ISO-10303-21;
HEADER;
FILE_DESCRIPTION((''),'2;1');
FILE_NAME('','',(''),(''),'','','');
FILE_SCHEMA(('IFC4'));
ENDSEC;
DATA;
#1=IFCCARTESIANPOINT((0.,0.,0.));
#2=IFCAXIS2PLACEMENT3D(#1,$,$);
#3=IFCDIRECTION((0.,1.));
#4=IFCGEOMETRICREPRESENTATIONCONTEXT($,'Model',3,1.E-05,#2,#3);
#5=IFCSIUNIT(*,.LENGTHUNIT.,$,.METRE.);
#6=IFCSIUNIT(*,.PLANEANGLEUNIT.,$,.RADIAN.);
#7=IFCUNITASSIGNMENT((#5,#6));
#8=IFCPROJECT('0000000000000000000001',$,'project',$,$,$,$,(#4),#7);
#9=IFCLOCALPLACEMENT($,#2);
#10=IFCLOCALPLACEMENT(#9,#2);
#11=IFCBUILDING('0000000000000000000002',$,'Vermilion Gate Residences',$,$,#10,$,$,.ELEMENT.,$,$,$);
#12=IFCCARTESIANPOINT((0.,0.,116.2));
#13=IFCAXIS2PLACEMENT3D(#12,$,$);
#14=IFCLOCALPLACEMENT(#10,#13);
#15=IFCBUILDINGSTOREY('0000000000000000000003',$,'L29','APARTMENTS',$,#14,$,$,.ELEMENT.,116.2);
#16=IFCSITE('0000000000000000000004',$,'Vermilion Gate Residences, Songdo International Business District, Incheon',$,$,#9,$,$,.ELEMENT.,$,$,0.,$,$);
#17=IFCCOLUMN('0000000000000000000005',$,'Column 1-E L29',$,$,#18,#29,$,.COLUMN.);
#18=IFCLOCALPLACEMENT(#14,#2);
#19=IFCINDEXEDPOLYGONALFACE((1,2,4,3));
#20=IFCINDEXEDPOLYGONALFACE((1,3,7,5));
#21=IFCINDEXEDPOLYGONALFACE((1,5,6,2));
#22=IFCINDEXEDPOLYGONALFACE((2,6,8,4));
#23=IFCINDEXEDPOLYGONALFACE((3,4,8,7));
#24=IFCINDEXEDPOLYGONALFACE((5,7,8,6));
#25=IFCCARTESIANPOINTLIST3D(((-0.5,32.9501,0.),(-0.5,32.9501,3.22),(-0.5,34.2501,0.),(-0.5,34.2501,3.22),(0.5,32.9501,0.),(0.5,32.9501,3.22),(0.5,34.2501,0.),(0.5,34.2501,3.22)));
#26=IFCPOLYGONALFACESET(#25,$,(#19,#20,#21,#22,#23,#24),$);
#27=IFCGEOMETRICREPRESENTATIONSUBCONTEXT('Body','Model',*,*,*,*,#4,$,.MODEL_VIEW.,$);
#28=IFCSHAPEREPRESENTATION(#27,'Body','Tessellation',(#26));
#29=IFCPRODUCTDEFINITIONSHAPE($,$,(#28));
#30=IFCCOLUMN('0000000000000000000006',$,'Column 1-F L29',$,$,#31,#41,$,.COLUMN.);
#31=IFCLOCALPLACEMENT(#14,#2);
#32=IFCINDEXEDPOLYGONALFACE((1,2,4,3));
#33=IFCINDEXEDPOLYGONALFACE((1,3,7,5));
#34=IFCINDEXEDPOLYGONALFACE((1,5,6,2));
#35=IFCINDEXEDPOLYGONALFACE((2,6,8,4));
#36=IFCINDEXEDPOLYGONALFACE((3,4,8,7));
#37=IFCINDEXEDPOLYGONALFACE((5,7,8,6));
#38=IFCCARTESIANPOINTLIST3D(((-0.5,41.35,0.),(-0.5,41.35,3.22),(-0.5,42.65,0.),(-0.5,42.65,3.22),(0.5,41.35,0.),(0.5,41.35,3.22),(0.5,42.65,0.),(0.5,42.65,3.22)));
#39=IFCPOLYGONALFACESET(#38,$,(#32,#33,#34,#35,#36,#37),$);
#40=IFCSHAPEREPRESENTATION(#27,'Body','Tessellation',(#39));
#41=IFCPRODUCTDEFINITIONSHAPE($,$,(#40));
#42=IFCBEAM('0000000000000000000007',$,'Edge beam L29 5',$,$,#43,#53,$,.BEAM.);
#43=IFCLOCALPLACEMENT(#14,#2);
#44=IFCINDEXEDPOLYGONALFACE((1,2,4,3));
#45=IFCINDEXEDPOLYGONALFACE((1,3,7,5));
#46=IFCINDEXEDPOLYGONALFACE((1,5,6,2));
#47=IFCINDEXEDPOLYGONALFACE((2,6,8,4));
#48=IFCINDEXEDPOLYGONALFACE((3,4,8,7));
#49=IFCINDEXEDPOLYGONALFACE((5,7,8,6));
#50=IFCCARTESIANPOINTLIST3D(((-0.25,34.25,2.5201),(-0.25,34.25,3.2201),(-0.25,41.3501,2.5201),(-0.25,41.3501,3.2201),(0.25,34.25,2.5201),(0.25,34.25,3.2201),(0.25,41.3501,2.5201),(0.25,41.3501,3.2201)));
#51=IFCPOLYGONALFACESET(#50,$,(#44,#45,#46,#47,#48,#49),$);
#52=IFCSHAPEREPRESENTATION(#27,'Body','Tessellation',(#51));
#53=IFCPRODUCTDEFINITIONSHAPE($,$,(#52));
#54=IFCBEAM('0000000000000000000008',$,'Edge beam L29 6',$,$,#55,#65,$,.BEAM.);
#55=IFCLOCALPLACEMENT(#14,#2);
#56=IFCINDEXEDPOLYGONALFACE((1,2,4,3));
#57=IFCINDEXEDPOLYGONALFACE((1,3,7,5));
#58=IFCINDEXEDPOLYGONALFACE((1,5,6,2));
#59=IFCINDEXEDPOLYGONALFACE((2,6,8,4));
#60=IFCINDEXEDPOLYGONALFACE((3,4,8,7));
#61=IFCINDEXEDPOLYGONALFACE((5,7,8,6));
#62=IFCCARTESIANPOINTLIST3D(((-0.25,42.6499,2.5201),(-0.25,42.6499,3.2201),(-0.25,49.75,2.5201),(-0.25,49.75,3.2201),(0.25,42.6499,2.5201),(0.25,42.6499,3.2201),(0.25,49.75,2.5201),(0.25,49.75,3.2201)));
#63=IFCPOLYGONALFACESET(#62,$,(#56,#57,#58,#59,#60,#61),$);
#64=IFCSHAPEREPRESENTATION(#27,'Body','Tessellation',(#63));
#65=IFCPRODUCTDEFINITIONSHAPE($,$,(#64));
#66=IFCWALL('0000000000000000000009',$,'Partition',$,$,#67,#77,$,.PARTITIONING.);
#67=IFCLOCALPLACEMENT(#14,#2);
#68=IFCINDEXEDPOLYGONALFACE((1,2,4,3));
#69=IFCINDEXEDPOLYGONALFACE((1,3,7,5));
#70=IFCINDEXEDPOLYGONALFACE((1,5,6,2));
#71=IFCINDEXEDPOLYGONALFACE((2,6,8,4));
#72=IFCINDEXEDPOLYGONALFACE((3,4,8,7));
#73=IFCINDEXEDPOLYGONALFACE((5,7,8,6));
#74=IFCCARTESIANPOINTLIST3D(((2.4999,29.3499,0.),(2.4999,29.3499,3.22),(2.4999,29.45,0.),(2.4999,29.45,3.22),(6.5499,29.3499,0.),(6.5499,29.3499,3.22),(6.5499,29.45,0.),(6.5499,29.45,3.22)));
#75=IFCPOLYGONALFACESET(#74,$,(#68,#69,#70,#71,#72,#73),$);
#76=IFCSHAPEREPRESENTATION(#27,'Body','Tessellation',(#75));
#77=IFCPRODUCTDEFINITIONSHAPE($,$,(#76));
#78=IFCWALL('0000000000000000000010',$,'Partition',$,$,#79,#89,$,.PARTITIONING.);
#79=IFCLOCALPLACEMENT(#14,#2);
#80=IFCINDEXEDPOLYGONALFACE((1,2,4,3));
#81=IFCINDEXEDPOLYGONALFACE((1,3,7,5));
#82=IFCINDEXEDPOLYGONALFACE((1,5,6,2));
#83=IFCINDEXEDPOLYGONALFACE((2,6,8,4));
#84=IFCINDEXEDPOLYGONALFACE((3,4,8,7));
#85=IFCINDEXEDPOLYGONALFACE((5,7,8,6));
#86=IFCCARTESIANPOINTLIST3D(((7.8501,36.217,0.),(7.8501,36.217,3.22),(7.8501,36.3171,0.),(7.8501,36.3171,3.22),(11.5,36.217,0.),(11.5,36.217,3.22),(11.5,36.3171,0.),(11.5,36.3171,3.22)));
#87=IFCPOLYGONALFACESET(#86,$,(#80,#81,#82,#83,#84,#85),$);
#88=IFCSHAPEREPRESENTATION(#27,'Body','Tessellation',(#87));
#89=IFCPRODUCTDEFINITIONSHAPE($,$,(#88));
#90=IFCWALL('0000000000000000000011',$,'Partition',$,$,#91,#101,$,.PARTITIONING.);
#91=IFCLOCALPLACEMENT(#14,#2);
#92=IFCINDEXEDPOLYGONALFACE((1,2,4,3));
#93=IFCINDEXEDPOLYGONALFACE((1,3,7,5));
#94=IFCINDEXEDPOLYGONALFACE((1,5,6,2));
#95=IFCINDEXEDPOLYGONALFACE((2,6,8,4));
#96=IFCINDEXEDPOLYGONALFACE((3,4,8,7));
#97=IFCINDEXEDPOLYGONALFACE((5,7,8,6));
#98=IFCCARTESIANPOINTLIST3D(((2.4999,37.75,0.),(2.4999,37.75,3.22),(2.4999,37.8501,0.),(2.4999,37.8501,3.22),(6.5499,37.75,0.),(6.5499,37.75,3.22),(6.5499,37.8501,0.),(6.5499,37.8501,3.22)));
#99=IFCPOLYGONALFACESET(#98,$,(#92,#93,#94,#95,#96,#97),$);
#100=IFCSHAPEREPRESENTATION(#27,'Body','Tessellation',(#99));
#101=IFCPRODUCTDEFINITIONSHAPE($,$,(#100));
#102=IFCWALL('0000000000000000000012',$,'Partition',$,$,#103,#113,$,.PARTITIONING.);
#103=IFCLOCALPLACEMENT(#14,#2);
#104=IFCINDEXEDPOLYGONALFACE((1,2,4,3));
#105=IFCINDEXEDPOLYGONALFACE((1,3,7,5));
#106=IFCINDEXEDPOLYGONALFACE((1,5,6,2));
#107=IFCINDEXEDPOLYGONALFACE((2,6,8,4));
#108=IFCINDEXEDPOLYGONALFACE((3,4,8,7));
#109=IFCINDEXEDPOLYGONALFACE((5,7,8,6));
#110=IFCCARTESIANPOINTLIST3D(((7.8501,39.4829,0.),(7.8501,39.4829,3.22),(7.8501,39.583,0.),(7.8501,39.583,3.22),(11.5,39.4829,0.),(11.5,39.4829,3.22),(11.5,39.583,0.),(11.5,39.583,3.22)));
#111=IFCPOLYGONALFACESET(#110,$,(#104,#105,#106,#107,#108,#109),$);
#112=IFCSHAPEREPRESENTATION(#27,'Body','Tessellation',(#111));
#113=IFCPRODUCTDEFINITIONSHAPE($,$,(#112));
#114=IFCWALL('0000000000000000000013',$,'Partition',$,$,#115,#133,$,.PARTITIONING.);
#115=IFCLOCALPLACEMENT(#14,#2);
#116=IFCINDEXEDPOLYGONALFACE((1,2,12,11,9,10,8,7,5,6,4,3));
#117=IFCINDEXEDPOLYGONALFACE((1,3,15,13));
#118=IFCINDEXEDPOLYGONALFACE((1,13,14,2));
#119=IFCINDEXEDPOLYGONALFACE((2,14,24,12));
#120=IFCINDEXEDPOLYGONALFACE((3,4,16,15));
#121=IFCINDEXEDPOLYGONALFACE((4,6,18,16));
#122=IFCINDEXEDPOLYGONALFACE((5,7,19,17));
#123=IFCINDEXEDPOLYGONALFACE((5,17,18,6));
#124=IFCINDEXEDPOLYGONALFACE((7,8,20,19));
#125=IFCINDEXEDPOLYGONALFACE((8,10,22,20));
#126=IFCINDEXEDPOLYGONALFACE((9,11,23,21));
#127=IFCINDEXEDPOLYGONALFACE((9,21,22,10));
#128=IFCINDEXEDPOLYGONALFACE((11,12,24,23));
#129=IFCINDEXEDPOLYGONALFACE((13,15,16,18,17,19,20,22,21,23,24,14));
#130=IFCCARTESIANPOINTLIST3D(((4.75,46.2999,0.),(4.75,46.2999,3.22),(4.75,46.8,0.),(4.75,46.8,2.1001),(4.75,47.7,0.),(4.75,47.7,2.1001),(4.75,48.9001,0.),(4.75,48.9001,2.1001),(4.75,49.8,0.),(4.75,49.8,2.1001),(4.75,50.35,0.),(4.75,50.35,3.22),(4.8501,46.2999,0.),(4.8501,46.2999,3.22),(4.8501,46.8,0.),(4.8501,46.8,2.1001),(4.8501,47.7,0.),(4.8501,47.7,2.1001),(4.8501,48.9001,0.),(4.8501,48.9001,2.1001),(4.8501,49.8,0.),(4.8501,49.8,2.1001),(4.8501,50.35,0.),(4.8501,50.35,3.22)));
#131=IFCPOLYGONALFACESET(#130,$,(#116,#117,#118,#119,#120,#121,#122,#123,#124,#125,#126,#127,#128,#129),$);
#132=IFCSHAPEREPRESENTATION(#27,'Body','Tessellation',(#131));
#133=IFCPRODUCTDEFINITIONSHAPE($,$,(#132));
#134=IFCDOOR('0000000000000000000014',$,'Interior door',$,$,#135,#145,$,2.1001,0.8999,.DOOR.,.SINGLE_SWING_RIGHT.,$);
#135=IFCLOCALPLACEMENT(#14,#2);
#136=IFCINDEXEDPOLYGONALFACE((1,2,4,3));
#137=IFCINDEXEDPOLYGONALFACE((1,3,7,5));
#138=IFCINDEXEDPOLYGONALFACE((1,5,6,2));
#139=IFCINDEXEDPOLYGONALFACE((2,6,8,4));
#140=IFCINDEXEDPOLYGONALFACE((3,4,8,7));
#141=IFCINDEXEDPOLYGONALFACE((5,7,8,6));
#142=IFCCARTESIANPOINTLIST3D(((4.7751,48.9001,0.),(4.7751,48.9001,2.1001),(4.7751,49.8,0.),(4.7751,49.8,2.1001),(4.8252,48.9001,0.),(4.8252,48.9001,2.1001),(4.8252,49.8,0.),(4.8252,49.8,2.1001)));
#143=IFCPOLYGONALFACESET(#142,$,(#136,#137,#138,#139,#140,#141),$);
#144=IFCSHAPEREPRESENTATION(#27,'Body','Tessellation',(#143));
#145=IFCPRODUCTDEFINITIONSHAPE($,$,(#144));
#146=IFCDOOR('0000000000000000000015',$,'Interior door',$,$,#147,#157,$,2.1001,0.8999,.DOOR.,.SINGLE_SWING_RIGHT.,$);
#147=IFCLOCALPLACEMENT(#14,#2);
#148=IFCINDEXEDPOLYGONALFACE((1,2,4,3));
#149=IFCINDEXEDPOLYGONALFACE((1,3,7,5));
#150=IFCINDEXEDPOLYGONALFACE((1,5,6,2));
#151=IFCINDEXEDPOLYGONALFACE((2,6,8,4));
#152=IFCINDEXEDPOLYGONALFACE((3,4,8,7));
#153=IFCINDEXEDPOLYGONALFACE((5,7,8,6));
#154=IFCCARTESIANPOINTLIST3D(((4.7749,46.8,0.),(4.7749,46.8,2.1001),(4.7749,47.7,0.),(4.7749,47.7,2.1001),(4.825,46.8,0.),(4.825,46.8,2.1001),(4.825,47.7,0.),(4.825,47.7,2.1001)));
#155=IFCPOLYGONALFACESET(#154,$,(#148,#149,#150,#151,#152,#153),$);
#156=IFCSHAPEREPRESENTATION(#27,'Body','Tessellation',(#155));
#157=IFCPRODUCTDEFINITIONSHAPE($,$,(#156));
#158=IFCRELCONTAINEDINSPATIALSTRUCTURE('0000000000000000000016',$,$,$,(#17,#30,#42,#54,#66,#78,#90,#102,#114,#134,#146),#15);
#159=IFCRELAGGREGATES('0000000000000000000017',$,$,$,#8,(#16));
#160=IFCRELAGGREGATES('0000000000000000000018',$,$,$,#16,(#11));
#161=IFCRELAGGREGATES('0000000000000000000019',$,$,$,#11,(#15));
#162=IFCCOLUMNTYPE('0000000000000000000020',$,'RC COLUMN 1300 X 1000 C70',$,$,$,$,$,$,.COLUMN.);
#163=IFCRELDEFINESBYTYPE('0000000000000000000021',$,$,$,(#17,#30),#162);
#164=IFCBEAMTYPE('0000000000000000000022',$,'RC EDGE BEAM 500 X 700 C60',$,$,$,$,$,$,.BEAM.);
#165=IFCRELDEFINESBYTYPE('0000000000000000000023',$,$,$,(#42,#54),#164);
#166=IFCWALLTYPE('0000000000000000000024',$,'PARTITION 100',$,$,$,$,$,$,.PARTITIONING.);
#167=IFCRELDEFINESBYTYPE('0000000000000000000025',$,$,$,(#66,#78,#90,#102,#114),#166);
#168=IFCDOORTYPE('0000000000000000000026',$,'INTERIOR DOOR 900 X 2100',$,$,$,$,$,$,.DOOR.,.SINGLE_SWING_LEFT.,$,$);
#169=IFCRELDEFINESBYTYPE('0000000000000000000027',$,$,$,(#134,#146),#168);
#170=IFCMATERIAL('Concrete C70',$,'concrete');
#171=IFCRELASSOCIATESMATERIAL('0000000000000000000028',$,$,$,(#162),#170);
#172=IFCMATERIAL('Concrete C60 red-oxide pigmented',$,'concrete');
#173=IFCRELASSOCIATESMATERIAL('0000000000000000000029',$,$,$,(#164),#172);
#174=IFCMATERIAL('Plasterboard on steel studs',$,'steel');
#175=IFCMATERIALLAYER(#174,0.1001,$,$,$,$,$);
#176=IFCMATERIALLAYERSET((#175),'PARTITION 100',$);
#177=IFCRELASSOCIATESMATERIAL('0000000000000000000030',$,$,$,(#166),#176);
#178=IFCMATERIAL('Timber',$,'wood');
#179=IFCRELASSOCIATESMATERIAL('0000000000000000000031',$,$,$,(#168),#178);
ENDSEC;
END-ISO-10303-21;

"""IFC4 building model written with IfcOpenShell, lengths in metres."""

from ifc_helpers import new_model, si_unit, direction, frame, frame_2d, origin, origin_2d, place, context, subcontext, project, spatial, rectangle, extrude, material, layer, layer_set, material_profile, profile_set, type_object, element, fill, save


model = new_model("IFC4")

# Units and contexts
model_context = context("Model", 3, precision=1e-05, world=origin(), true_north=direction((0.0, 1.0)))
body_context = subcontext(model_context, "Body", "Model", "MODEL_VIEW")
ifc_project = project(units=[si_unit("LENGTHUNIT", "METRE"), si_unit("PLANEANGLEUNIT", "RADIAN")], contexts=[model_context])

# Site, building, storey
site_placement = place(None, origin())
site = spatial("IfcSite", under=ifc_project, at=site_placement, Name="Vermilion Gate Residences, Songdo International Business District, Incheon", CompositionType="ELEMENT", RefElevation=0.0)
building_placement = place(site_placement, origin())
building = spatial("IfcBuilding", under=site, at=building_placement, Name="Vermilion Gate Residences", CompositionType="ELEMENT")
storey_placement = place(building_placement, frame((0.0, 0.0, 116.2)))
storey = spatial("IfcBuildingStorey", under=building, at=storey_placement, Name="L29", Description="APARTMENTS", CompositionType="ELEMENT", Elevation=116.2)

# Columns
ifc_material_1 = material(Name="Concrete C70", Category="concrete")
ifc_material_profile_1 = material_profile(ifc_material_1, rectangle(XDim=1.3, YDim=1.0, at=origin_2d()), Name="RC-1300x1000")
ifc_profile_set_1 = profile_set([ifc_material_profile_1], Name="Concrete C70")
column_type = type_object("IfcColumnType", Name="RC COLUMN 1300 X 1000 C70", PredefinedType="COLUMN", material=ifc_profile_set_1)
for number, where, z_axis, x_axis, name in (
    (1, (0.0, 33.6001, 0.0), (0.0, 0.0, 1.0), (0.0, 1.0, 0.0), "Column 1-E L29"),
    (2, (0.0, 42.0, 0.0), (0.0, 0.0, 1.0), (0.0, 1.0, 0.0), "Column 1-F L29"),
):
    element("IfcColumn", number, at=place(storey_placement, frame(where, z_axis=z_axis, x_axis=x_axis)), inside=storey, type_object=column_type, Name=name, PredefinedType="COLUMN", context=body_context, shape_type="SweptSolid", body=[
        extrude(rectangle(XDim=1.3, YDim=1.0, at=origin_2d()), origin(), (0.0, 0.0, 1.0), 3.22),
    ])

# Beams
ifc_material_2 = material(Name="Concrete C60 red-oxide pigmented", Category="concrete")
ifc_material_profile_2 = material_profile(ifc_material_2, rectangle(XDim=0.5, YDim=0.7, at=origin_2d()), Name="RC-500x700")
ifc_profile_set_2 = profile_set([ifc_material_profile_2], Name="Concrete C60 red-oxide pigmented")
beam_type = type_object("IfcBeamType", Name="RC EDGE BEAM 500 X 700 C60", PredefinedType="BEAM", material=ifc_profile_set_2)
for number, where, z_axis, x_axis, name in (
    (3, (0.0, 34.25, 2.8701), (0.0, 1.0, 0.0), (-1.0, 0.0, 0.0), "Edge beam L29 5"),
    (4, (0.0, 42.6499, 2.8701), (0.0, 1.0, 0.0), (-1.0, 0.0, 0.0), "Edge beam L29 6"),
):
    element("IfcBeam", number, at=place(storey_placement, frame(where, z_axis=z_axis, x_axis=x_axis)), inside=storey, type_object=beam_type, Name=name, PredefinedType="BEAM", context=body_context, shape_type="SweptSolid", body=[
        extrude(rectangle(XDim=0.5, YDim=0.7, at=origin_2d()), origin(), (0.0, 0.0, 1.0), 7.1001),
    ])

# Walls
ifc_material_3 = material(Name="Plasterboard on steel studs", Category="steel")
ifc_layer_1 = layer(ifc_material_3, 0.1001)
ifc_layer_set_1 = layer_set([ifc_layer_1], Name="PARTITION 100")
wall_type_1 = type_object("IfcWallType", Name="PARTITION 100", PredefinedType="PARTITIONING", material=ifc_layer_set_1)
wall_1_placement = place(storey_placement, frame((2.5, 29.3999, 0.0), z_axis=(0.0, 0.0, 1.0), x_axis=(1.0, 0.0, 0.0)))
element("IfcWall", 5, at=wall_1_placement, inside=storey, type_object=wall_type_1, Name="Partition", PredefinedType="PARTITIONING", context=body_context, shape_type="SweptSolid", body=[
    extrude(rectangle(XDim=4.05, YDim=0.1001, at=frame_2d((2.0249, 0.0))), origin(), (0.0, 0.0, 1.0), 3.22),
])
wall_2_placement = place(storey_placement, frame((7.8501, 36.2671, 0.0), z_axis=(0.0, 0.0, 1.0), x_axis=(1.0, 0.0, 0.0)))
element("IfcWall", 6, at=wall_2_placement, inside=storey, type_object=wall_type_1, Name="Partition", PredefinedType="PARTITIONING", context=body_context, shape_type="SweptSolid", body=[
    extrude(rectangle(XDim=3.6499, YDim=0.1001, at=frame_2d((1.825, 0.0))), origin(), (0.0, 0.0, 1.0), 3.22),
])
wall_3_placement = place(storey_placement, frame((2.5, 37.8, 0.0), z_axis=(0.0, 0.0, 1.0), x_axis=(1.0, 0.0, 0.0)))
element("IfcWall", 7, at=wall_3_placement, inside=storey, type_object=wall_type_1, Name="Partition", PredefinedType="PARTITIONING", context=body_context, shape_type="SweptSolid", body=[
    extrude(rectangle(XDim=4.05, YDim=0.1001, at=frame_2d((2.0249, 0.0))), origin(), (0.0, 0.0, 1.0), 3.22),
])
wall_4_placement = place(storey_placement, frame((7.8501, 39.533, 0.0), z_axis=(0.0, 0.0, 1.0), x_axis=(1.0, 0.0, 0.0)))
element("IfcWall", 8, at=wall_4_placement, inside=storey, type_object=wall_type_1, Name="Partition", PredefinedType="PARTITIONING", context=body_context, shape_type="SweptSolid", body=[
    extrude(rectangle(XDim=3.6499, YDim=0.1001, at=frame_2d((1.825, 0.0))), origin(), (0.0, 0.0, 1.0), 3.22),
])

# Wall, openings, doors
wall_5_placement = place(storey_placement, frame((4.8, 46.3, 0.0), z_axis=(0.0, 0.0, 1.0), x_axis=(0.0, 1.0, 0.0)))
wall_5 = element("IfcWall", 9, at=wall_5_placement, inside=storey, type_object=wall_type_1, Name="Partition", PredefinedType="PARTITIONING", context=body_context, shape_type="SweptSolid", body=[
    extrude(rectangle(XDim=4.05, YDim=0.1001, at=frame_2d((2.0249, 0.0))), origin(), (0.0, 0.0, 1.0), 3.22),
])
opening_1_placement = place(wall_5_placement, frame((2.6001, 0.0, 0.0)))
opening_1 = element("IfcOpeningElement", 10, at=opening_1_placement, cuts=wall_5, PredefinedType="OPENING", context=body_context, shape_type="SweptSolid", body=[
    extrude(rectangle(XDim=0.8999, YDim=2.1001, at=frame_2d((0.45, 1.05))), frame((0.0, 0.0601, 0.0), z_axis=(0.0, -1.0, 0.0), x_axis=(1.0, 0.0, 0.0)), (0.0, 0.0, 1.0), 0.1201),
])
opening_2_placement = place(wall_5_placement, frame((0.5, 0.0, 0.0)))
opening_2 = element("IfcOpeningElement", 11, at=opening_2_placement, cuts=wall_5, PredefinedType="OPENING", context=body_context, shape_type="SweptSolid", body=[
    extrude(rectangle(XDim=0.8999, YDim=2.1001, at=frame_2d((0.45, 1.05))), frame((0.0, 0.0601, 0.0), z_axis=(0.0, -1.0, 0.0), x_axis=(1.0, 0.0, 0.0)), (0.0, 0.0, 1.0), 0.1201),
])
ifc_material_4 = material(Name="Timber", Category="wood")
door_type_1 = type_object("IfcDoorType", Name="INTERIOR DOOR 900 X 2100", OperationType="SINGLE_SWING_LEFT", PredefinedType="DOOR", material=ifc_material_4)
door_1_placement = place(opening_1_placement, origin())
door_1 = element("IfcDoor", 12, at=door_1_placement, inside=storey, type_object=door_type_1, Name="Interior door", OperationType="SINGLE_SWING_RIGHT", OverallHeight=2.1001, OverallWidth=0.8999, PredefinedType="DOOR", context=body_context, shape_type="SweptSolid", body=[
    extrude(rectangle(XDim=0.8999, YDim=2.1001, at=frame_2d((0.45, 1.05))), frame((0.0, 0.0249, 0.0), z_axis=(0.0, -1.0, 0.0), x_axis=(1.0, 0.0, 0.0)), (0.0, 0.0, 1.0), 0.05),
])
fill(opening_1, door_1)
door_2_placement = place(opening_2_placement, frame((0.8999, 0.0, 0.0), z_axis=(0.0, 0.0, 1.0), x_axis=(-1.0, 0.0, 0.0)))
door_2 = element("IfcDoor", 13, at=door_2_placement, inside=storey, type_object=door_type_1, Name="Interior door", OperationType="SINGLE_SWING_RIGHT", OverallHeight=2.1001, OverallWidth=0.8999, PredefinedType="DOOR", context=body_context, shape_type="SweptSolid", body=[
    extrude(rectangle(XDim=0.8999, YDim=2.1001, at=frame_2d((0.45, 1.05))), frame((0.0, 0.0249, 0.0), z_axis=(0.0, -1.0, 0.0), x_axis=(1.0, 0.0, 0.0)), (0.0, 0.0, 1.0), 0.05),
])
fill(opening_2, door_2)

save(model, "model.ifc")
